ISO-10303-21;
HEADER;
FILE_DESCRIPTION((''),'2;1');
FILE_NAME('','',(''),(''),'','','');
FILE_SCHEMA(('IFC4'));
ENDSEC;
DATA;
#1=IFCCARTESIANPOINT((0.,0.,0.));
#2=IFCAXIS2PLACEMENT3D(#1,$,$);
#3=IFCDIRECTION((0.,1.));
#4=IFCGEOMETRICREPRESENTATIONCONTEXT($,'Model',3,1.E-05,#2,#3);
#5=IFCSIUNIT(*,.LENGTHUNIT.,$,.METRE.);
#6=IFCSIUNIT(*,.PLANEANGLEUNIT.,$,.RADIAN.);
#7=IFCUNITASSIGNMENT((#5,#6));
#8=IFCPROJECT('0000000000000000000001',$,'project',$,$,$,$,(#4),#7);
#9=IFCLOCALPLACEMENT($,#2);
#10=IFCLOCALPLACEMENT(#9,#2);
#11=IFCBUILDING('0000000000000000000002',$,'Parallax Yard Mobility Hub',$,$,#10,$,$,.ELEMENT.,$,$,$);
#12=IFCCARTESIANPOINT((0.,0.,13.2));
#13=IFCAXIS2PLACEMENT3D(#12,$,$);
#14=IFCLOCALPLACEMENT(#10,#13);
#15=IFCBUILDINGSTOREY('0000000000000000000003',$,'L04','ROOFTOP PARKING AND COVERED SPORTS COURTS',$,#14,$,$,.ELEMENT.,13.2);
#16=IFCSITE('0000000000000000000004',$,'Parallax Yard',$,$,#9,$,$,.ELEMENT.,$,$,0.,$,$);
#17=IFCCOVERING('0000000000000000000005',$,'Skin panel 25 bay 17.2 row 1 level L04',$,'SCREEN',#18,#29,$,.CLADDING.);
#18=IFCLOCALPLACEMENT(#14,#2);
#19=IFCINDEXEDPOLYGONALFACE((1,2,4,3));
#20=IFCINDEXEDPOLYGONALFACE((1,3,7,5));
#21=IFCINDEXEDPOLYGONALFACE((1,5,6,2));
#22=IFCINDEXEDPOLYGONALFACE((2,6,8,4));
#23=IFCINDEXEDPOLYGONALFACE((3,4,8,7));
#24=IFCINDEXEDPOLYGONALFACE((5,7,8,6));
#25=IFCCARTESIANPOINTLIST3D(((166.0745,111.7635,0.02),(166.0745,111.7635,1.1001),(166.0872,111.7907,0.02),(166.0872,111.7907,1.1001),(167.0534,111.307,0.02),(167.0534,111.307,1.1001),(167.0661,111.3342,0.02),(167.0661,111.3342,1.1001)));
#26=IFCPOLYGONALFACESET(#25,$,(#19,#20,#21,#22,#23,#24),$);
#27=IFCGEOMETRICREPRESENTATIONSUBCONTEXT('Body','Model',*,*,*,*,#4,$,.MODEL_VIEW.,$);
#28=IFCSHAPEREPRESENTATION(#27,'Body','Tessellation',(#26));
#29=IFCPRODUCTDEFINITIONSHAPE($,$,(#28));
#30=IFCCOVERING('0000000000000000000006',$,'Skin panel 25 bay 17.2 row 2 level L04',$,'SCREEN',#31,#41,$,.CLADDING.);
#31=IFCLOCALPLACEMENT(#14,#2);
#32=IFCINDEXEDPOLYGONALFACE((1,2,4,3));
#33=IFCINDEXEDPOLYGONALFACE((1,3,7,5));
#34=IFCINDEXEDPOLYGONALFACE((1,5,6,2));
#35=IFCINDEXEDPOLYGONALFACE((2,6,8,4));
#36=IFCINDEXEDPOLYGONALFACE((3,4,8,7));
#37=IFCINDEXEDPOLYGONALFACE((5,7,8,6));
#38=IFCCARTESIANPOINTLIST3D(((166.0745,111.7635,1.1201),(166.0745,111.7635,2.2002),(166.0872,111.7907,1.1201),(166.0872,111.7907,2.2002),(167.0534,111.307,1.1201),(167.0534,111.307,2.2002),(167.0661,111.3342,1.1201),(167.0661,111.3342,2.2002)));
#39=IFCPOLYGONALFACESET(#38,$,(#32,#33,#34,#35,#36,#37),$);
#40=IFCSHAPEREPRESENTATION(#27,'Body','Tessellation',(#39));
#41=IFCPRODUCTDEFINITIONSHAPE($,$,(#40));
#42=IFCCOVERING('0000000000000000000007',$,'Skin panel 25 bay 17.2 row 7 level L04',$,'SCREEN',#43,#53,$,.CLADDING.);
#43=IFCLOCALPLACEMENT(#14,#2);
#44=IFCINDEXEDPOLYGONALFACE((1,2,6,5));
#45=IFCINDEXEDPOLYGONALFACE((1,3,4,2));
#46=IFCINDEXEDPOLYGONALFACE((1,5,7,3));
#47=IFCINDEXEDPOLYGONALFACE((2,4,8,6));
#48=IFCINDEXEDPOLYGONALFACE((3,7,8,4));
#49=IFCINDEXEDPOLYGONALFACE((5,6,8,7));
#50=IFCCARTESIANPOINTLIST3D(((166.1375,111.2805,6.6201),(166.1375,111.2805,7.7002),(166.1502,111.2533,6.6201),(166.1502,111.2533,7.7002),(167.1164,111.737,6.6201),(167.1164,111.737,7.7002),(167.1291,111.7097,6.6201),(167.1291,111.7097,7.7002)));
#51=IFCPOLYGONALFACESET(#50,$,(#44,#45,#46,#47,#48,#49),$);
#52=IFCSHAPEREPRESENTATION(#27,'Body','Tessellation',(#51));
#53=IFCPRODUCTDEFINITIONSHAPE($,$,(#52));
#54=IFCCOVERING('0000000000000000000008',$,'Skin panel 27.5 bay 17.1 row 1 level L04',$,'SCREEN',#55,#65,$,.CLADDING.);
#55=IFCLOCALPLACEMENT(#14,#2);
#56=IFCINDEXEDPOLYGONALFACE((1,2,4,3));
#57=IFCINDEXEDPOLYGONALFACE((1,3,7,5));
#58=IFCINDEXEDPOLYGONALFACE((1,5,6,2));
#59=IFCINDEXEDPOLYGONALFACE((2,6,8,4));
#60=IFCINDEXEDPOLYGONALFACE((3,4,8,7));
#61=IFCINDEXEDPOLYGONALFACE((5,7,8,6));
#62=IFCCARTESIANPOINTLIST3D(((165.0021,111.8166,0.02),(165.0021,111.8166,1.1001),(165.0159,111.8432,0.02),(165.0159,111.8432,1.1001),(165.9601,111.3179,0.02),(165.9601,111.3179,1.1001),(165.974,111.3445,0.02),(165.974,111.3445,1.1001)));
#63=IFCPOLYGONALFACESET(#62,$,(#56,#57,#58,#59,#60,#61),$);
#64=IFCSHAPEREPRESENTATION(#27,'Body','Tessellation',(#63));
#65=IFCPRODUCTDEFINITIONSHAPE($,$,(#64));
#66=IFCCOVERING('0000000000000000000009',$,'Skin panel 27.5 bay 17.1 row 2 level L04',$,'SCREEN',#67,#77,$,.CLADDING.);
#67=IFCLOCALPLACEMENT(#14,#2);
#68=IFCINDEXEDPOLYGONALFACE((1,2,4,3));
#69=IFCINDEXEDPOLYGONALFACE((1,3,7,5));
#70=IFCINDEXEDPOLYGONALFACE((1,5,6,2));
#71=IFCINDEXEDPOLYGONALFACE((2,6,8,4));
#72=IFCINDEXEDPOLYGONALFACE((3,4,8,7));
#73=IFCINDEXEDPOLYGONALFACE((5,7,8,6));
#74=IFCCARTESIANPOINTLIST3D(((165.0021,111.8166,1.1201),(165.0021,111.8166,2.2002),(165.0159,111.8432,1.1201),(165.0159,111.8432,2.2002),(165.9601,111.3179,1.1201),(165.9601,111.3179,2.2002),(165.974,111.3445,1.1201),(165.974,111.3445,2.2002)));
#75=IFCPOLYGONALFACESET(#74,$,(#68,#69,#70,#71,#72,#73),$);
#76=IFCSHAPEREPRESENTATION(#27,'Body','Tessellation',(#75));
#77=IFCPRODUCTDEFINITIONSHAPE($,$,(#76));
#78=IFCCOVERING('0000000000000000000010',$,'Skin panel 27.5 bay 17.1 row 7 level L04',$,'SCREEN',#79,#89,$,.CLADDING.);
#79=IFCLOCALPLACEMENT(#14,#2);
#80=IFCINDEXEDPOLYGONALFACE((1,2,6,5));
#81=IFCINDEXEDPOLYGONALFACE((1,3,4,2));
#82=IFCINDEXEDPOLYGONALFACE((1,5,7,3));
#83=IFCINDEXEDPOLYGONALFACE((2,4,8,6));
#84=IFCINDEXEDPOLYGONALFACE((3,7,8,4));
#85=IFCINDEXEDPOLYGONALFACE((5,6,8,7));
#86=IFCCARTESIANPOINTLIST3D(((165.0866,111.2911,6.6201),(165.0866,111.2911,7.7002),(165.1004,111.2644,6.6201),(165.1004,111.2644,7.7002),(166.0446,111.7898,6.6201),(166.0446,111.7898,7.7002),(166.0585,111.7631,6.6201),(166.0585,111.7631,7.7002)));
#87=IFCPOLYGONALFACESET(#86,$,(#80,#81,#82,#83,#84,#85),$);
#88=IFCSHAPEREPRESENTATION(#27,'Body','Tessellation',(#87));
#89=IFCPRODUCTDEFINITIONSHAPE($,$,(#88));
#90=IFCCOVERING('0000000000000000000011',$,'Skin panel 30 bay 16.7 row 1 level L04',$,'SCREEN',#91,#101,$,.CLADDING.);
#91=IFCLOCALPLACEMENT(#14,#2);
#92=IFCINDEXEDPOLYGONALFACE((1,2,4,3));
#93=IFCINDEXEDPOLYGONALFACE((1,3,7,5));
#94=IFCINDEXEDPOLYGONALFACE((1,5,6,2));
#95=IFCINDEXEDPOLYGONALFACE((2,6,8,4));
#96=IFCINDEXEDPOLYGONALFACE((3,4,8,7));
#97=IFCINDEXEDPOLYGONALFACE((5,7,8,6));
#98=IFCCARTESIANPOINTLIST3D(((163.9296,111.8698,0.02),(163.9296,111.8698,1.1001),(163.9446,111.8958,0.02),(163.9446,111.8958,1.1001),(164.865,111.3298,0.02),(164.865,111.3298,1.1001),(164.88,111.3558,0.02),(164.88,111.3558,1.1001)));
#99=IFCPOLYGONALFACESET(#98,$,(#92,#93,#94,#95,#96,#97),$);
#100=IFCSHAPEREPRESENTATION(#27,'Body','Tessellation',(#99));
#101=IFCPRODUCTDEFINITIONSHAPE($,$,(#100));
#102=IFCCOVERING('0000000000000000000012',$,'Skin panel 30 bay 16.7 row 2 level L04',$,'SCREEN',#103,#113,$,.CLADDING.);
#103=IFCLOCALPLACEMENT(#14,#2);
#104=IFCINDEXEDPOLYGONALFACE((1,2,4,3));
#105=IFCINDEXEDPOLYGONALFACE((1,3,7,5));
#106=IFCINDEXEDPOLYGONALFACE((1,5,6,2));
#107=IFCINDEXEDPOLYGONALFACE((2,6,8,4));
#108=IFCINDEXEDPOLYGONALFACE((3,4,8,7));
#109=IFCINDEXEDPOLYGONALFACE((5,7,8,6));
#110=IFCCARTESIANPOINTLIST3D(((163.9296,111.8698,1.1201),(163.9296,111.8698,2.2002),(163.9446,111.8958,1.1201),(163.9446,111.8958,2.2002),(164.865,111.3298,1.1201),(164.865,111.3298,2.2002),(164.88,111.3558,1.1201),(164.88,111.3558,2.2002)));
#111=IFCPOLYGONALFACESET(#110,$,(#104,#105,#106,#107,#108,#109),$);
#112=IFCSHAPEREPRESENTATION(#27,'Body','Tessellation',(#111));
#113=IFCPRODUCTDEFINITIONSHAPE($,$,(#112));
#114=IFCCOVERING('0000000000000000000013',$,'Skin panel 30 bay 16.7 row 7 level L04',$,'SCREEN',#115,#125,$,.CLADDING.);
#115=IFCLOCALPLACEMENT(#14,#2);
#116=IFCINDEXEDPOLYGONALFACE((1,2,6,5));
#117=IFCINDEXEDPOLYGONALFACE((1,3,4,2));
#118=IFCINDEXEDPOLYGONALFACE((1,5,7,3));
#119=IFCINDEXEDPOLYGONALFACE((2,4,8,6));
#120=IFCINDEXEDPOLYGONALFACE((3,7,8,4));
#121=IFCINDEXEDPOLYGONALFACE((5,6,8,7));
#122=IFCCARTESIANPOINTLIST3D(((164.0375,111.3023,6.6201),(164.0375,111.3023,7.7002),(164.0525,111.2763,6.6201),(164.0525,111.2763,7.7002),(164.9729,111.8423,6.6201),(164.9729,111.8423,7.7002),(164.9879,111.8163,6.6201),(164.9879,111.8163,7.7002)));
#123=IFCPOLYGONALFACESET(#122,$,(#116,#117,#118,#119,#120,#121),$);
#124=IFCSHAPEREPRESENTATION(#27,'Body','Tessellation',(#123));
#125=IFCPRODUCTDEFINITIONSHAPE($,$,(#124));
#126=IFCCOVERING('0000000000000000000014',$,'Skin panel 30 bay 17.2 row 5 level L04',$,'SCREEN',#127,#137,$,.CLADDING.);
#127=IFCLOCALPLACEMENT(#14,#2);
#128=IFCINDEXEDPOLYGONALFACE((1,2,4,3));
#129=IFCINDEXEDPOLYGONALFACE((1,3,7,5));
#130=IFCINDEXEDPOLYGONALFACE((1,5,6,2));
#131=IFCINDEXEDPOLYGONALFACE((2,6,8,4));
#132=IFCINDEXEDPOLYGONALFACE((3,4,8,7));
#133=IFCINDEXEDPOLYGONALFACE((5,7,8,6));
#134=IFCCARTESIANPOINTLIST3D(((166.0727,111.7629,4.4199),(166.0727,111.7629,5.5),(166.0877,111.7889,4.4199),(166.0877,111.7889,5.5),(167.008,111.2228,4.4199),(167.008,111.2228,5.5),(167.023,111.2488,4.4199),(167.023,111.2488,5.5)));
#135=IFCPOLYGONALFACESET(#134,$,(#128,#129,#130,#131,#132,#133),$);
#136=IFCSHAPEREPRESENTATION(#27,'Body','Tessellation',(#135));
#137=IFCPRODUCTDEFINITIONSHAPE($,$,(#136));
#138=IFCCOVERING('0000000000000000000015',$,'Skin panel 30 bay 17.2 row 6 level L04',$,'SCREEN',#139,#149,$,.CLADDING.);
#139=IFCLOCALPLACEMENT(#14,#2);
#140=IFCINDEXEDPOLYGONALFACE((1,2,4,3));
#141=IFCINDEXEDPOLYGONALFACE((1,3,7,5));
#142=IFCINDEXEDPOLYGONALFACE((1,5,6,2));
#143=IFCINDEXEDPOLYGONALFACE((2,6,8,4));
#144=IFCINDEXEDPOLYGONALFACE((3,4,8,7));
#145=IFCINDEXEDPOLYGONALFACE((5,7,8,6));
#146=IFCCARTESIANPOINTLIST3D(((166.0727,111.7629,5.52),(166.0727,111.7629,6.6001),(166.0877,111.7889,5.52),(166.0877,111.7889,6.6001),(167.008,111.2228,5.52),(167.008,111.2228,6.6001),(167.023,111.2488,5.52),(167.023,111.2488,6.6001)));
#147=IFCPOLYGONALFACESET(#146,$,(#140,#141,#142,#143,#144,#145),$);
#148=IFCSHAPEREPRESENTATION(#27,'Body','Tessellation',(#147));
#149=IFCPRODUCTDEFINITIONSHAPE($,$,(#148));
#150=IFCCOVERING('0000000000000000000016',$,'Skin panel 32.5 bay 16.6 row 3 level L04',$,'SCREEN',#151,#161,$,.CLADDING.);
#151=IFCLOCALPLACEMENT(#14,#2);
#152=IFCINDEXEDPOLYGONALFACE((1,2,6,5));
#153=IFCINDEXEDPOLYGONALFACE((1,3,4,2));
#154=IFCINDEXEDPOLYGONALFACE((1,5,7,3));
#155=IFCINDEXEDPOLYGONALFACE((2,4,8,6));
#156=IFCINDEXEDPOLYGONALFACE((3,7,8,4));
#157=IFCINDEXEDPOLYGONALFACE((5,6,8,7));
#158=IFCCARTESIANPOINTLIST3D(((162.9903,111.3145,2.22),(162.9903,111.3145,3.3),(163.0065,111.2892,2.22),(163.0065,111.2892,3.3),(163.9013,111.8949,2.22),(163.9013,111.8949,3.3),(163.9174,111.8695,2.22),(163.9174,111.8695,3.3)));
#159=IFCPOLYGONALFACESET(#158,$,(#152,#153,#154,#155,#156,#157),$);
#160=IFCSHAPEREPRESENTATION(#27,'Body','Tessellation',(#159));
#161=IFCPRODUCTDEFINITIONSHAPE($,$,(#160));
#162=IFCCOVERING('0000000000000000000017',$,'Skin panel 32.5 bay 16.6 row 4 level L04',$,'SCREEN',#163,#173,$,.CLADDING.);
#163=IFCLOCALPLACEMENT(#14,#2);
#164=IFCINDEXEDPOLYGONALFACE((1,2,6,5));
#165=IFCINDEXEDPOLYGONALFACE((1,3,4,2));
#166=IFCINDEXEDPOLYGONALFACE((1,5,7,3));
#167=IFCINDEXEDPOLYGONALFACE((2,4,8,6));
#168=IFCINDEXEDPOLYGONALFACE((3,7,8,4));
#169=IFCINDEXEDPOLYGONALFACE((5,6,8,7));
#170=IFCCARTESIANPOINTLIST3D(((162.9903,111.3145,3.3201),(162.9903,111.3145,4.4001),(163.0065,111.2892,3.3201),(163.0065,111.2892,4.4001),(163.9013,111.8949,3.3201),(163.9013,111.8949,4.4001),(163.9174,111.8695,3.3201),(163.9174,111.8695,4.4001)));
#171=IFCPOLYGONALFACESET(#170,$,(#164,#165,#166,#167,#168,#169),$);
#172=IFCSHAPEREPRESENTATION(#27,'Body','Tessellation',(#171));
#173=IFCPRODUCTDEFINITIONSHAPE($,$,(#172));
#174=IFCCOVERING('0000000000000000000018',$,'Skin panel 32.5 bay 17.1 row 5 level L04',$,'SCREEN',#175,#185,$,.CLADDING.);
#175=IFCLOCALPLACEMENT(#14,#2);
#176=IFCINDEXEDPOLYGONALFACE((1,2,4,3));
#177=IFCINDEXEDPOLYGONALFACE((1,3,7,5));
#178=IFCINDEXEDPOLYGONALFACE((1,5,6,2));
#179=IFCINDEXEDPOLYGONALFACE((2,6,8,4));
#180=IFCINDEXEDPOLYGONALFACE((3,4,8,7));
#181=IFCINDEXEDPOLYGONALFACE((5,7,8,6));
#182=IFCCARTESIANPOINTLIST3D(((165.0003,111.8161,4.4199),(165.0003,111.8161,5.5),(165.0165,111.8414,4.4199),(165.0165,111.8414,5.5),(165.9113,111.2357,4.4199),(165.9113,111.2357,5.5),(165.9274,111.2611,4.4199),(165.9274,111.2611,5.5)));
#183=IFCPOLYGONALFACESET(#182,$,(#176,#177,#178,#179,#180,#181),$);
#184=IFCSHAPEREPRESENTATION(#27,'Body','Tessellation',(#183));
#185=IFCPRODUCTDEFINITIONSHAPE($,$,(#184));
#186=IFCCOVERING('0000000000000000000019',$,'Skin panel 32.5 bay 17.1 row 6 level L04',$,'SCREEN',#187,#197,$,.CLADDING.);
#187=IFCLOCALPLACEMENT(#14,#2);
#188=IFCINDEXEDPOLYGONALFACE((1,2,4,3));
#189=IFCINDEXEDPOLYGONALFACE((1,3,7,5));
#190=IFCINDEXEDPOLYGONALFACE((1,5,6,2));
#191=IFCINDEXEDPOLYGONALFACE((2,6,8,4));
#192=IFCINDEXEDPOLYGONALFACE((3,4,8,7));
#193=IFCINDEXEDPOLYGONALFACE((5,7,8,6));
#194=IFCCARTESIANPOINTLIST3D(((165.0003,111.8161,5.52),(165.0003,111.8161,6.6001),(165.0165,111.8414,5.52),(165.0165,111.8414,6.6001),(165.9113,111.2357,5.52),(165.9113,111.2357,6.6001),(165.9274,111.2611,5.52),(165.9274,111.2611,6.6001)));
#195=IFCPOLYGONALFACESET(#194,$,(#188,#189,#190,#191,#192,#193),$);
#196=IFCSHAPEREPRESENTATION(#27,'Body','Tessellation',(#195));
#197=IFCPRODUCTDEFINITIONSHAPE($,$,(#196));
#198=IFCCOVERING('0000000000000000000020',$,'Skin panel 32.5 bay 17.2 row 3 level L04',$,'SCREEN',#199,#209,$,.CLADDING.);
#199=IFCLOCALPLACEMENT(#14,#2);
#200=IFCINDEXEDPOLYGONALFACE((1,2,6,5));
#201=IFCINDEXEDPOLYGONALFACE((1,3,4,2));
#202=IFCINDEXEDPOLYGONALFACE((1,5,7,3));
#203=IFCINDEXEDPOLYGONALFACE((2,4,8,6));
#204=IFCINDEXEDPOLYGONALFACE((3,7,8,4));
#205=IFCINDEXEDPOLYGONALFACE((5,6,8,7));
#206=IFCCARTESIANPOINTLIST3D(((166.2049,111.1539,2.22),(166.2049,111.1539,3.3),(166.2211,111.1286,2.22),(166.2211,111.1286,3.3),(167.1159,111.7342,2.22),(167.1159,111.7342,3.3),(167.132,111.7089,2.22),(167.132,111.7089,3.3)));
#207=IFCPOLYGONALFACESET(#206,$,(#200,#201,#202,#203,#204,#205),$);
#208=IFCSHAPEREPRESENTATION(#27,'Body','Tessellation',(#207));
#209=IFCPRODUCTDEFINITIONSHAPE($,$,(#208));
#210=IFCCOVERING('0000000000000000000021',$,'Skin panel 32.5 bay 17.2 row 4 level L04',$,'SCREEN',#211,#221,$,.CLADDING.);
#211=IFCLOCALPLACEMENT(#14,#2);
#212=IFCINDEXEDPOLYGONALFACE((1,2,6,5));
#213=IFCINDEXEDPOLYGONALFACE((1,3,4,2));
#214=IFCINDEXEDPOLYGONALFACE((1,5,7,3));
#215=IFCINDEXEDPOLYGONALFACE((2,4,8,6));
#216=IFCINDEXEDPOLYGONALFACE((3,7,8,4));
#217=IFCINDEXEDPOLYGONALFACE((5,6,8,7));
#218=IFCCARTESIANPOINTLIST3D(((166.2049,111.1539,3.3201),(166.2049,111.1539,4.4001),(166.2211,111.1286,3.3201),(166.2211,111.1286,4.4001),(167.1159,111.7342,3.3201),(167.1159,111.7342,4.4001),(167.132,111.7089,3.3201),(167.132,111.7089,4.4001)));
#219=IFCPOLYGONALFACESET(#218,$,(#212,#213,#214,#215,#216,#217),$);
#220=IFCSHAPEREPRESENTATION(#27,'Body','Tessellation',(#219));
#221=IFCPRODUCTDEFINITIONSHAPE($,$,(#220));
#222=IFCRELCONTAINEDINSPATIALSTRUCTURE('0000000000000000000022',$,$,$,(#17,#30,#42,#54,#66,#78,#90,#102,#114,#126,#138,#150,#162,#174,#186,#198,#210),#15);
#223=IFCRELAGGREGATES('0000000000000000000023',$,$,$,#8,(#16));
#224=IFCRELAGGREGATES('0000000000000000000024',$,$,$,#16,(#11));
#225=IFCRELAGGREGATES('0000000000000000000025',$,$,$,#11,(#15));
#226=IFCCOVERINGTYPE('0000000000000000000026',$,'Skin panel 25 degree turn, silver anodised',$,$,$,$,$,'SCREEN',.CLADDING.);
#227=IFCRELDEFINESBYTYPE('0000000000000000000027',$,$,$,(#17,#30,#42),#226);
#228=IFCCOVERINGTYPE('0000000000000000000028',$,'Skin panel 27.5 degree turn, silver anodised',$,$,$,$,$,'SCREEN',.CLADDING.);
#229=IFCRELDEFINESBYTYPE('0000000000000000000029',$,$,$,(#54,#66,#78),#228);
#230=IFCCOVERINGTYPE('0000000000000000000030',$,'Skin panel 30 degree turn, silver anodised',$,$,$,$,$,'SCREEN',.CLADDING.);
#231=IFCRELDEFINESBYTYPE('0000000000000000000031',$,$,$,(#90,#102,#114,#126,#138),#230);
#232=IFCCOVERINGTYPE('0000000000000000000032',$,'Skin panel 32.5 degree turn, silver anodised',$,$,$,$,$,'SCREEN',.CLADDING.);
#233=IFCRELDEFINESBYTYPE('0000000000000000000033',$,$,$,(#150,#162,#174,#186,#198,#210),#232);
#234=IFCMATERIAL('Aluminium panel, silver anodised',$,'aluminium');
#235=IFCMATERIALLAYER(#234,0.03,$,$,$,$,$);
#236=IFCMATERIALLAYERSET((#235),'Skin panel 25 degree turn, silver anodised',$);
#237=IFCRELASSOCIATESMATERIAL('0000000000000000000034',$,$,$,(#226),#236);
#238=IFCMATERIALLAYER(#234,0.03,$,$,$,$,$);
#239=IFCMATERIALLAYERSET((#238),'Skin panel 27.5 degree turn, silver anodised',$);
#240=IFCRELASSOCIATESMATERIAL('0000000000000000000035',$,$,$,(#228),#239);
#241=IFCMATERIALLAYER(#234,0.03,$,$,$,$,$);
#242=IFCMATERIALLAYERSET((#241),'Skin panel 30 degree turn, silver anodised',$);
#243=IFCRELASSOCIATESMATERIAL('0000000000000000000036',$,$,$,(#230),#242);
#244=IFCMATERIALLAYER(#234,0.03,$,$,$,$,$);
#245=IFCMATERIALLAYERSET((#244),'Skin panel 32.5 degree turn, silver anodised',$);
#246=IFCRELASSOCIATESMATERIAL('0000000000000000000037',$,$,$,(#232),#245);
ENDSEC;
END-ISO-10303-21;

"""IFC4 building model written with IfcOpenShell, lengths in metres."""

from ifc_helpers import new_model, si_unit, direction, frame, origin, origin_2d, place, context, subcontext, project, spatial, rectangle, extrude, material, layer, layer_set, type_object, element, save


model = new_model("IFC4")

# Units and contexts
model_context = context("Model", 3, precision=1e-05, world=origin(), true_north=direction((0.0, 1.0)))
body_context = subcontext(model_context, "Body", "Model", "MODEL_VIEW")
ifc_project = project(units=[si_unit("LENGTHUNIT", "METRE"), si_unit("PLANEANGLEUNIT", "RADIAN")], contexts=[model_context])

# Site, building, storey
site_placement = place(None, origin())
site = spatial("IfcSite", under=ifc_project, at=site_placement, Name="Parallax Yard", CompositionType="ELEMENT", RefElevation=0.0)
building_placement = place(site_placement, origin())
building = spatial("IfcBuilding", under=site, at=building_placement, Name="Parallax Yard Mobility Hub", CompositionType="ELEMENT")
storey_placement = place(building_placement, frame((0.0, 0.0, 13.2)))
storey = spatial("IfcBuildingStorey", under=building, at=storey_placement, Name="L04", Description="ROOFTOP PARKING AND COVERED SPORTS COURTS", CompositionType="ELEMENT", Elevation=13.2)

# Coverings
ifc_material_1 = material(Name="Aluminium panel, silver anodised", Category="aluminium")
ifc_layer_1 = layer(ifc_material_1, 0.03)
ifc_layer_set_1 = layer_set([ifc_layer_1], Name="Skin panel 25 degree turn, silver anodised")
covering_type_1 = type_object("IfcCoveringType", Name="Skin panel 25 degree turn, silver anodised", ElementType="SCREEN", PredefinedType="CLADDING", material=ifc_layer_set_1)
for number, where, z_axis, x_axis, name in (
    (1, (166.5703, 111.5488, 0.02), (0.0, 0.0, 1.0), (0.906308, -0.422618, 0.0), "Skin panel 25 bay 17.2 row 1 level L04"),
    (2, (166.5703, 111.5488, 1.1201), (0.0, 0.0, 1.0), (0.906308, -0.422618, 0.0), "Skin panel 25 bay 17.2 row 2 level L04"),
    (3, (166.6333, 111.4951, 6.6201), (0.0, 0.0, 1.0), (-0.906308, -0.422618, 0.0), "Skin panel 25 bay 17.2 row 7 level L04"),
):
    element("IfcCovering", number, at=place(storey_placement, frame(where, z_axis=z_axis, x_axis=x_axis)), inside=storey, type_object=covering_type_1, Name=name, ObjectType="SCREEN", PredefinedType="CLADDING", context=body_context, shape_type="SweptSolid", body=[
        extrude(rectangle(XDim=1.0801, YDim=0.03, at=origin_2d()), origin(), (0.0, 0.0, 1.0), 1.0801),
    ])
ifc_layer_2 = layer(ifc_material_1, 0.03)
ifc_layer_set_2 = layer_set([ifc_layer_2], Name="Skin panel 27.5 degree turn, silver anodised")
covering_type_2 = type_object("IfcCoveringType", Name="Skin panel 27.5 degree turn, silver anodised", ElementType="SCREEN", PredefinedType="CLADDING", material=ifc_layer_set_2)
for number, where, z_axis, x_axis, name in (
    (4, (165.488, 111.5806, 0.02), (0.0, 0.0, 1.0), (0.887011, -0.461749, 0.0), "Skin panel 27.5 bay 17.1 row 1 level L04"),
    (5, (165.488, 111.5806, 1.1201), (0.0, 0.0, 1.0), (0.887011, -0.461749, 0.0), "Skin panel 27.5 bay 17.1 row 2 level L04"),
    (6, (165.5725, 111.5271, 6.6201), (0.0, 0.0, 1.0), (-0.887011, -0.461749, 0.0), "Skin panel 27.5 bay 17.1 row 7 level L04"),
):
    element("IfcCovering", number, at=place(storey_placement, frame(where, z_axis=z_axis, x_axis=x_axis)), inside=storey, type_object=covering_type_2, Name=name, ObjectType="SCREEN", PredefinedType="CLADDING", context=body_context, shape_type="SweptSolid", body=[
        extrude(rectangle(XDim=1.0801, YDim=0.03, at=origin_2d()), origin(), (0.0, 0.0, 1.0), 1.0801),
    ])
ifc_layer_3 = layer(ifc_material_1, 0.03)
ifc_layer_set_3 = layer_set([ifc_layer_3], Name="Skin panel 30 degree turn, silver anodised")
covering_type_3 = type_object("IfcCoveringType", Name="Skin panel 30 degree turn, silver anodised", ElementType="SCREEN", PredefinedType="CLADDING", material=ifc_layer_set_3)
for number, where, z_axis, x_axis, name in (
    (7, (164.4048, 111.6128, 0.02), (0.0, 0.0, 1.0), (0.866025, -0.5, 0.0), "Skin panel 30 bay 16.7 row 1 level L04"),
    (8, (164.4048, 111.6128, 1.1201), (0.0, 0.0, 1.0), (0.866025, -0.5, 0.0), "Skin panel 30 bay 16.7 row 2 level L04"),
    (9, (164.5127, 111.5593, 6.6201), (0.0, 0.0, 1.0), (-0.866025, -0.5, 0.0), "Skin panel 30 bay 16.7 row 7 level L04"),
    (10, (166.5479, 111.5059, 4.4199), (0.0, 0.0, 1.0), (0.866025, -0.5, 0.0), "Skin panel 30 bay 17.2 row 5 level L04"),
    (11, (166.5479, 111.5059, 5.52), (0.0, 0.0, 1.0), (0.866025, -0.5, 0.0), "Skin panel 30 bay 17.2 row 6 level L04"),
):
    element("IfcCovering", number, at=place(storey_placement, frame(where, z_axis=z_axis, x_axis=x_axis)), inside=storey, type_object=covering_type_3, Name=name, ObjectType="SCREEN", PredefinedType="CLADDING", context=body_context, shape_type="SweptSolid", body=[
        extrude(rectangle(XDim=1.0801, YDim=0.03, at=origin_2d()), origin(), (0.0, 0.0, 1.0), 1.0801),
    ])
ifc_layer_4 = layer(ifc_material_1, 0.03)
ifc_layer_set_4 = layer_set([ifc_layer_4], Name="Skin panel 32.5 degree turn, silver anodised")
covering_type_4 = type_object("IfcCoveringType", Name="Skin panel 32.5 degree turn, silver anodised", ElementType="SCREEN", PredefinedType="CLADDING", material=ifc_layer_set_4)
for number, where, z_axis, x_axis, name in (
    (12, (163.4539, 111.592, 2.22), (0.0, 0.0, 1.0), (-0.843391, -0.5373, 0.0), "Skin panel 32.5 bay 16.6 row 3 level L04"),
    (13, (163.4539, 111.592, 3.3201), (0.0, 0.0, 1.0), (-0.843391, -0.5373, 0.0), "Skin panel 32.5 bay 16.6 row 4 level L04"),
    (14, (165.4639, 111.5386, 4.4199), (0.0, 0.0, 1.0), (0.843391, -0.5373, 0.0), "Skin panel 32.5 bay 17.1 row 5 level L04"),
    (15, (165.4639, 111.5386, 5.52), (0.0, 0.0, 1.0), (0.843391, -0.5373, 0.0), "Skin panel 32.5 bay 17.1 row 6 level L04"),
    (16, (166.6685, 111.4314, 2.22), (0.0, 0.0, 1.0), (-0.843391, -0.5373, 0.0), "Skin panel 32.5 bay 17.2 row 3 level L04"),
    (17, (166.6685, 111.4314, 3.3201), (0.0, 0.0, 1.0), (-0.843391, -0.5373, 0.0), "Skin panel 32.5 bay 17.2 row 4 level L04"),
):
    element("IfcCovering", number, at=place(storey_placement, frame(where, z_axis=z_axis, x_axis=x_axis)), inside=storey, type_object=covering_type_4, Name=name, ObjectType="SCREEN", PredefinedType="CLADDING", context=body_context, shape_type="SweptSolid", body=[
        extrude(rectangle(XDim=1.0801, YDim=0.03, at=origin_2d()), origin(), (0.0, 0.0, 1.0), 1.0801),
    ])

save(model, "model.ifc")
